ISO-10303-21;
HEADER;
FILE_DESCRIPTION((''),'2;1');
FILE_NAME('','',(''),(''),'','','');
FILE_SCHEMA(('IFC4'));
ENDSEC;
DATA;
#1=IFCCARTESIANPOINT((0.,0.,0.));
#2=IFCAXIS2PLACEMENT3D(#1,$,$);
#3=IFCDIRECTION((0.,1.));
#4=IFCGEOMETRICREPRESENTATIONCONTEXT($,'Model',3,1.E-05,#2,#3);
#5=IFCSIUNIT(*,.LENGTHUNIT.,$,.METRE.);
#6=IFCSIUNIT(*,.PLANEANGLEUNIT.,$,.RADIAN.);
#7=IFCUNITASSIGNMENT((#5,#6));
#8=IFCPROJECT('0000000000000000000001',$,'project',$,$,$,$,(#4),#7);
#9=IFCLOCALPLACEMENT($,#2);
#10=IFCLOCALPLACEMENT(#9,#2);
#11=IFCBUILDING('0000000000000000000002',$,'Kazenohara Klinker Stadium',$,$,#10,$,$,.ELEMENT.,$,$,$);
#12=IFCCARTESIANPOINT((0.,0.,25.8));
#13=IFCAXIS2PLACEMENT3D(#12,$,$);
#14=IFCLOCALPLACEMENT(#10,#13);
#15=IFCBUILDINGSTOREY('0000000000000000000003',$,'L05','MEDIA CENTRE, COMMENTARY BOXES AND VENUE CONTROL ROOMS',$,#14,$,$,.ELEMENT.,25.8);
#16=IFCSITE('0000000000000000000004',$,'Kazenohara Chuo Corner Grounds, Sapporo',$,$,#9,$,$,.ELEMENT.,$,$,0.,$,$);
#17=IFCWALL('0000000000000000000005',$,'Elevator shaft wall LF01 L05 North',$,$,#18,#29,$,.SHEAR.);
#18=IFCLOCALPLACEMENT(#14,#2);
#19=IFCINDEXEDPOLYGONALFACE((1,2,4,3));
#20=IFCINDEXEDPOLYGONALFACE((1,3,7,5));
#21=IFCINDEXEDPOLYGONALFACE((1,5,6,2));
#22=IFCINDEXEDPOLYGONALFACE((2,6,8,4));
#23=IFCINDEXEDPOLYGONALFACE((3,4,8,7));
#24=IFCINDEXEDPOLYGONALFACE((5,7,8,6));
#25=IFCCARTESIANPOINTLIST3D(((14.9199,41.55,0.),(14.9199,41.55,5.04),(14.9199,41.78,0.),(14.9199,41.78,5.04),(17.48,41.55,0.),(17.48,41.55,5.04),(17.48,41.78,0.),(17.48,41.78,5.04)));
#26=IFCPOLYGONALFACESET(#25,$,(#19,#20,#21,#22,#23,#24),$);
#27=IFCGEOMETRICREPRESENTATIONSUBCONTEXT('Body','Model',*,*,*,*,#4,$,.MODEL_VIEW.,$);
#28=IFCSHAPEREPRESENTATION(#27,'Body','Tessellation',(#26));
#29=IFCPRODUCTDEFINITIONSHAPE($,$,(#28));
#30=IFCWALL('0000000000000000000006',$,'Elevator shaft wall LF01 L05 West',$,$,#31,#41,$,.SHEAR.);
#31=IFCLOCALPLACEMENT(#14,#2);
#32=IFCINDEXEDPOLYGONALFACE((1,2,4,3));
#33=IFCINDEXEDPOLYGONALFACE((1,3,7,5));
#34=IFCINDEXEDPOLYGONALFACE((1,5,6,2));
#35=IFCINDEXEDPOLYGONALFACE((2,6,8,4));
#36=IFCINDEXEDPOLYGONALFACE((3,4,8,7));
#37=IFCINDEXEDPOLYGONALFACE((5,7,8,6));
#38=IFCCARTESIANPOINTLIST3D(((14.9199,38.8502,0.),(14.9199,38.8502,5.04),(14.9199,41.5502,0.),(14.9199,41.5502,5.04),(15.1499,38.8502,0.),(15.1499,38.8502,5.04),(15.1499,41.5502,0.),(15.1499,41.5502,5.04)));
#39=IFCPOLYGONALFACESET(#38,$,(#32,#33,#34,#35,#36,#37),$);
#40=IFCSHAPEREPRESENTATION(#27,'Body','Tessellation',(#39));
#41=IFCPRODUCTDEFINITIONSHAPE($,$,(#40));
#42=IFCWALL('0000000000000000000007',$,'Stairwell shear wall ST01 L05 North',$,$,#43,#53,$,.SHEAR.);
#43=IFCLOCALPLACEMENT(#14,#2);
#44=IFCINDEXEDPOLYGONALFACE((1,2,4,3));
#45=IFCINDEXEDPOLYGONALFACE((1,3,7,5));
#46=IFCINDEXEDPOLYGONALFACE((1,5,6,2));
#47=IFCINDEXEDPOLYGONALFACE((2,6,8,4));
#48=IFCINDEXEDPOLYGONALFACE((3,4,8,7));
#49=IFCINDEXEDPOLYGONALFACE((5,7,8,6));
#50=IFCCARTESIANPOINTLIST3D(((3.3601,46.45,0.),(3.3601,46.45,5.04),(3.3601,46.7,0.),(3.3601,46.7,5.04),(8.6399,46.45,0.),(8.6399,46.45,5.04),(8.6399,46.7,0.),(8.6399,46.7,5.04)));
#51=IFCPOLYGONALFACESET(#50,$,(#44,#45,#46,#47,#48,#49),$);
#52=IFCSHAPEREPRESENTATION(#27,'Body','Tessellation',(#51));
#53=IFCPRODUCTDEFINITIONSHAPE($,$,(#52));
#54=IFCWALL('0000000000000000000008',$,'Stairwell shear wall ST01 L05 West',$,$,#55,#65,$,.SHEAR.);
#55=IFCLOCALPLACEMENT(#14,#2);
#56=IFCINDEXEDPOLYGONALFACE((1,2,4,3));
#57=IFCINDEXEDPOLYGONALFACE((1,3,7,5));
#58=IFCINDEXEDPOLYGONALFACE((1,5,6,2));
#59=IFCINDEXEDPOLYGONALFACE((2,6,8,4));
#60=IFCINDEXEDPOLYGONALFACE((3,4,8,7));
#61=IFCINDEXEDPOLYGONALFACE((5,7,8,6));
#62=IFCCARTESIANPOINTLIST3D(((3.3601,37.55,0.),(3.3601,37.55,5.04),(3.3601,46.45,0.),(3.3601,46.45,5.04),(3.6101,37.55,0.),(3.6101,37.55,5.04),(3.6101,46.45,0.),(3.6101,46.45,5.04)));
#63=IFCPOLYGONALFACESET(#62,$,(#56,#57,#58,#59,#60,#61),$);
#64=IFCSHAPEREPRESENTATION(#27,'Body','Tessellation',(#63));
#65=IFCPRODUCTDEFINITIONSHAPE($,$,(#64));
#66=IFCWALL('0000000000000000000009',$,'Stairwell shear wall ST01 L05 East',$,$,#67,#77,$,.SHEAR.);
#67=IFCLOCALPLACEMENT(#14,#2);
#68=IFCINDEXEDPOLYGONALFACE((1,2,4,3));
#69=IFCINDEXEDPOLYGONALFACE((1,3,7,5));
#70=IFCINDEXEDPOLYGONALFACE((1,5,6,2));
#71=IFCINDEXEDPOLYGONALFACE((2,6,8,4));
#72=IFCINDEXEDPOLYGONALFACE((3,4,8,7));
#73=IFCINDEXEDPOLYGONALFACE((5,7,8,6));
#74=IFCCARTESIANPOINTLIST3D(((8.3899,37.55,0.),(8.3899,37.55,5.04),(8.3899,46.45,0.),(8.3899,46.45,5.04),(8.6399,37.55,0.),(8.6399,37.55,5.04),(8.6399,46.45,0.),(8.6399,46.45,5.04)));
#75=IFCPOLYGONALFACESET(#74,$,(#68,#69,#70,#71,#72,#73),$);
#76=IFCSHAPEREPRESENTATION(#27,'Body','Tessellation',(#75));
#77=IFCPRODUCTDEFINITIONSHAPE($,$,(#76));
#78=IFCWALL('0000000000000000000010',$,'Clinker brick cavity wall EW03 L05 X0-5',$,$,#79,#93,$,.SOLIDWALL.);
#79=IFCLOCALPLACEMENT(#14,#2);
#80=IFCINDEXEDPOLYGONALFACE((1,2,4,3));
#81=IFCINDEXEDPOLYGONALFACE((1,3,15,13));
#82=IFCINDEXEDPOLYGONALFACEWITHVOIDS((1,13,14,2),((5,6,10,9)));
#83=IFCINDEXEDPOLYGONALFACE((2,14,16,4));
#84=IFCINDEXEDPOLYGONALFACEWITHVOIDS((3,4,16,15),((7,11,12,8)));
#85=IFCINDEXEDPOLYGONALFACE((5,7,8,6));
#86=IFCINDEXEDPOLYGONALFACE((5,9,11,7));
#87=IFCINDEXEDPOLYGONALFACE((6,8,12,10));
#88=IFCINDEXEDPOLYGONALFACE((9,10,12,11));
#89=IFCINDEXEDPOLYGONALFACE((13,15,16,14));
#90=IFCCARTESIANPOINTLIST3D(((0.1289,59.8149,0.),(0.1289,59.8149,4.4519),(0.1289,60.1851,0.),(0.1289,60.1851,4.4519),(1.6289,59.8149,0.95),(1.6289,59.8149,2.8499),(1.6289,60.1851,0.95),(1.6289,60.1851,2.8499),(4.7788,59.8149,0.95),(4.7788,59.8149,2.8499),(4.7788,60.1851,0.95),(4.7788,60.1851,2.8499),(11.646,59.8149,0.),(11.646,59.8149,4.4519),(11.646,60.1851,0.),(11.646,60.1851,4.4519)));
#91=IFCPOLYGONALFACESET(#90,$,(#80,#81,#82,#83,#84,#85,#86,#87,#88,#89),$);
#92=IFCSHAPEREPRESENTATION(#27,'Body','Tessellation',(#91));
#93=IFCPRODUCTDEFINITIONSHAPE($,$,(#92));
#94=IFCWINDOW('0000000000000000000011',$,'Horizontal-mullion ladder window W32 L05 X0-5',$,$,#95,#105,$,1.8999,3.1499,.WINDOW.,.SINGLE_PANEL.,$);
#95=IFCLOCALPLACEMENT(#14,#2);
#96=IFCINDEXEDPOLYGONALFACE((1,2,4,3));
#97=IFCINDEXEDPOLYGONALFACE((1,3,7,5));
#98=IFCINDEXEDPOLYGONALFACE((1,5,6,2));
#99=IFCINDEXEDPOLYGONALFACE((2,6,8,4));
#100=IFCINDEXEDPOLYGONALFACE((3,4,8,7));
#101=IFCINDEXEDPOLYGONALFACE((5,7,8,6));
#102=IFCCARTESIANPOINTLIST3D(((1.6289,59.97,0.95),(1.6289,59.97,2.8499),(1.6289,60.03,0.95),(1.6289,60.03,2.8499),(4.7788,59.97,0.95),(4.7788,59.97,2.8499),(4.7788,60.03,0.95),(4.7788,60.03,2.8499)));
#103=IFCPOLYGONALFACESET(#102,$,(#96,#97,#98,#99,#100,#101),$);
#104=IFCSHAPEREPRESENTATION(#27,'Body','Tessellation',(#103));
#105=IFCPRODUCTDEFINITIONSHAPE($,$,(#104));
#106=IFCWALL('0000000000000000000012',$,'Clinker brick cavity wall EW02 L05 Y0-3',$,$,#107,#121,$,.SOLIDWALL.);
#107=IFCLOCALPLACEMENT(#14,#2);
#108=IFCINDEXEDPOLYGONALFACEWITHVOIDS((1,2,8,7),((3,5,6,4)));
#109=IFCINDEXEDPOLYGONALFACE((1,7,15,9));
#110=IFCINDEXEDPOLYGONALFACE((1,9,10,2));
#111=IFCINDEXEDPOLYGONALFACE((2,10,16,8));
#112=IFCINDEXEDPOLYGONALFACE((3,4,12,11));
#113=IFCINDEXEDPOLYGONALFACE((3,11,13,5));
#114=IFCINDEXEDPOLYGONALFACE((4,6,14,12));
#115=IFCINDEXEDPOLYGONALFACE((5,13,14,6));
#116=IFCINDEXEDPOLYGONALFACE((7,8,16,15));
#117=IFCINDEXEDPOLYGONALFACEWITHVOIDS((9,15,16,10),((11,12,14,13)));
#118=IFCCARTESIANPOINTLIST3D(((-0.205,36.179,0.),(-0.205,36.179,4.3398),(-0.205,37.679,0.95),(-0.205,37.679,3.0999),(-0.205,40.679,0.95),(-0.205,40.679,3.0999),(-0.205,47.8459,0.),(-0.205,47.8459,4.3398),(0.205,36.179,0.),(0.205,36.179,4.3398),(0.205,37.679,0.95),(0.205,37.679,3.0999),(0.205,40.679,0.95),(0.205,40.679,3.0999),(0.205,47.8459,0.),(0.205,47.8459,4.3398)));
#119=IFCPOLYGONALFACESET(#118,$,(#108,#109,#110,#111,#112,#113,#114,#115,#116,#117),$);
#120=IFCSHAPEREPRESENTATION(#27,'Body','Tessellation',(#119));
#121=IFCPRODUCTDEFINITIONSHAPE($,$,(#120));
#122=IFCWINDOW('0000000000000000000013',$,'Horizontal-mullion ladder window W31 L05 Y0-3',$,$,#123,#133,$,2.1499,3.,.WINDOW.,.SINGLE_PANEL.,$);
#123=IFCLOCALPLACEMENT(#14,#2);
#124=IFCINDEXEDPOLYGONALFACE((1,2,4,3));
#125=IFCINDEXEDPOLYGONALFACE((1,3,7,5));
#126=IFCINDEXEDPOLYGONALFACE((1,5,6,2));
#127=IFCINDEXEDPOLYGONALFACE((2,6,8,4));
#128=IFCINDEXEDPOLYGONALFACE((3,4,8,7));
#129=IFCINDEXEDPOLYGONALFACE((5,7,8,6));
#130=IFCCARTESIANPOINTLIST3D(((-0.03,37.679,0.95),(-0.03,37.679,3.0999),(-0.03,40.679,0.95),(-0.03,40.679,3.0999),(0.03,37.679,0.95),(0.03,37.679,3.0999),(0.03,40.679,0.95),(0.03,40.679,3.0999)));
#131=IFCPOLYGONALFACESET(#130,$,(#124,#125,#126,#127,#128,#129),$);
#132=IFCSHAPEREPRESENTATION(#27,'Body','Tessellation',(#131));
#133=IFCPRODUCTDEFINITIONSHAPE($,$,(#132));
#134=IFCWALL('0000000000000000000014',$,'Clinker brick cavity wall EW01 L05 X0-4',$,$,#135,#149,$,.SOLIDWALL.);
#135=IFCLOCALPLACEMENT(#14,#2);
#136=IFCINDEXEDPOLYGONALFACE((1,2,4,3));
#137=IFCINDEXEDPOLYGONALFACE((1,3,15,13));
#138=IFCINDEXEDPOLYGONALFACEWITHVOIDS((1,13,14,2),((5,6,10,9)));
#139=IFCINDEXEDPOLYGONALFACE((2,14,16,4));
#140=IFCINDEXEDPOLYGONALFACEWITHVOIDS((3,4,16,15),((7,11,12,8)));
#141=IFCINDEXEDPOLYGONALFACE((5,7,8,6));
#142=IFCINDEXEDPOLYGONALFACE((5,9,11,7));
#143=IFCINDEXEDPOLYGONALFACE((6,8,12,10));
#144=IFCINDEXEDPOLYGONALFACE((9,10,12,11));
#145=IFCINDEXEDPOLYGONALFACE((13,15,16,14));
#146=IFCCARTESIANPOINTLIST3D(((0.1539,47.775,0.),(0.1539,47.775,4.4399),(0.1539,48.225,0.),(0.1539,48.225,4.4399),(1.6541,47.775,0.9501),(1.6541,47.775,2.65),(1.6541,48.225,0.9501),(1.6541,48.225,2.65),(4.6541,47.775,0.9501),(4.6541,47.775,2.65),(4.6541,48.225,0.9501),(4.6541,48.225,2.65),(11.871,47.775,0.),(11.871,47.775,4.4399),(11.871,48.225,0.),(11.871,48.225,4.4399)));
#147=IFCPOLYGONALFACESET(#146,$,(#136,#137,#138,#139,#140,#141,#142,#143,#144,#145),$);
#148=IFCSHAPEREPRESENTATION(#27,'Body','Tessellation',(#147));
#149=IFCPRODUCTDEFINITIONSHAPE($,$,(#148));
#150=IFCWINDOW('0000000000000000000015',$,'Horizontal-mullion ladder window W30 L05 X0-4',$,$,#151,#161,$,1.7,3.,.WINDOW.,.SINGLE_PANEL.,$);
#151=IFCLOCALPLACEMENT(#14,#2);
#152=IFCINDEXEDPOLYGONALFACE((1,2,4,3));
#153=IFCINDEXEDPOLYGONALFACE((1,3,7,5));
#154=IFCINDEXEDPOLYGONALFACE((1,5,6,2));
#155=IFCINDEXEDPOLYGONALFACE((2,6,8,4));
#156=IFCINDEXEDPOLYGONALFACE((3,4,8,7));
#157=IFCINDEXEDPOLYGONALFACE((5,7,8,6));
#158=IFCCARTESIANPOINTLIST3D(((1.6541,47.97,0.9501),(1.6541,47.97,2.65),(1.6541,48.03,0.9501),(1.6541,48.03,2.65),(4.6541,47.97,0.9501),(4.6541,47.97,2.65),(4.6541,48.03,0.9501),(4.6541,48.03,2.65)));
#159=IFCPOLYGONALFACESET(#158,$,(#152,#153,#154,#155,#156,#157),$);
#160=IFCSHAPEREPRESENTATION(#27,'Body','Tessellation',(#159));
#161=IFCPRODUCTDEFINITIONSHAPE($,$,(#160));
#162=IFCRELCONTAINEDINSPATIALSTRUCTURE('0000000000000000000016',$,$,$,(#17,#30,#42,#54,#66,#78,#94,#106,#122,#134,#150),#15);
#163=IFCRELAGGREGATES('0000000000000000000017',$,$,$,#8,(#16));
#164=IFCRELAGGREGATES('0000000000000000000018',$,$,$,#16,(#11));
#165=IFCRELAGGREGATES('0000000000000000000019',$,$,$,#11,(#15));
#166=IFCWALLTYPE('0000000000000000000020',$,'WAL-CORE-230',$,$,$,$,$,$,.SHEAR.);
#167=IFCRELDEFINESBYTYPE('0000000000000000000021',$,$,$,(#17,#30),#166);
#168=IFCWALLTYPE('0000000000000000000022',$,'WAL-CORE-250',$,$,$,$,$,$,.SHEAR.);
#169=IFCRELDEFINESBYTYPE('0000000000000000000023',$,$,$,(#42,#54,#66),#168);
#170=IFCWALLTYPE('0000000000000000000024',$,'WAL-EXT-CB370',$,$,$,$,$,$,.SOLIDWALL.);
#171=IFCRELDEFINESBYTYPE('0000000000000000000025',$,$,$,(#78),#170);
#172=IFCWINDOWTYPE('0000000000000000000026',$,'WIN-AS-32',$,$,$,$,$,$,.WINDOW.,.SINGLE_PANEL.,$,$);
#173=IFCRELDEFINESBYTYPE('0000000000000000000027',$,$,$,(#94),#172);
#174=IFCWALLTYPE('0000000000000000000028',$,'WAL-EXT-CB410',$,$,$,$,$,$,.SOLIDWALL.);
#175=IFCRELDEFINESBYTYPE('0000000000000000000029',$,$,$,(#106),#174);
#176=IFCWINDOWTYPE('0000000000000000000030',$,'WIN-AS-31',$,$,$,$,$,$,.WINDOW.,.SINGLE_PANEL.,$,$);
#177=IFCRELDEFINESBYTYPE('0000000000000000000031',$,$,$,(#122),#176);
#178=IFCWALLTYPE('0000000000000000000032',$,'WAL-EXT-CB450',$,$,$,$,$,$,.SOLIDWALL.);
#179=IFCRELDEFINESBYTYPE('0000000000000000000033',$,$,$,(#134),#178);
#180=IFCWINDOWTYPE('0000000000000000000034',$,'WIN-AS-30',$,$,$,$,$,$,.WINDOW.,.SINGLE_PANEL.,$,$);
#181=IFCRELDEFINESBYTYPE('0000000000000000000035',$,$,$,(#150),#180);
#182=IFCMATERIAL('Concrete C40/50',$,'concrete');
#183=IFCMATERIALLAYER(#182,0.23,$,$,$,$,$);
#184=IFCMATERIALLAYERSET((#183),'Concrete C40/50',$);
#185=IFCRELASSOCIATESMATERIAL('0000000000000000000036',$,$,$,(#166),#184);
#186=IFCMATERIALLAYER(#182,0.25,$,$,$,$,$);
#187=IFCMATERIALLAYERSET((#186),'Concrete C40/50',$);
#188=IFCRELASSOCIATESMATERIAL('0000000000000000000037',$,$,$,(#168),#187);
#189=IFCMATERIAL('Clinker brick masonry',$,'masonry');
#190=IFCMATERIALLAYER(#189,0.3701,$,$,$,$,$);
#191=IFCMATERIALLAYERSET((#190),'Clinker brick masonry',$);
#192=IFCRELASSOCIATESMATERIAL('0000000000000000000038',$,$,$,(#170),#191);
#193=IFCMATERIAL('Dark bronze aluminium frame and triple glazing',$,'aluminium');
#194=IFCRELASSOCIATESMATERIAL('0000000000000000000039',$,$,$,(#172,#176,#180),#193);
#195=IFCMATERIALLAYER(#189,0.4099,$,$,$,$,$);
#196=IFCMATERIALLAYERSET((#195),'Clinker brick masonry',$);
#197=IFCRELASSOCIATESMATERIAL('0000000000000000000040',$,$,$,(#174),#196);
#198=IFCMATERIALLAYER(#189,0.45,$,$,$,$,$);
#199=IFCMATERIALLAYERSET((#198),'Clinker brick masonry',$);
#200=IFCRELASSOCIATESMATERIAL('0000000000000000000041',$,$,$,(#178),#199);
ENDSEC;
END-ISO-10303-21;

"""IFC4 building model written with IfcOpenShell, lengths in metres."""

from ifc_helpers import new_model, si_unit, direction, frame, frame_2d, origin, place, context, subcontext, project, spatial, rectangle, extrude, material, layer, layer_set, type_object, element, fill, save


model = new_model("IFC4")

# Units and contexts
model_context = context("Model", 3, precision=1e-05, world=origin(), true_north=direction((0.0, 1.0)))
body_context = subcontext(model_context, "Body", "Model", "MODEL_VIEW")
ifc_project = project(units=[si_unit("LENGTHUNIT", "METRE"), si_unit("PLANEANGLEUNIT", "RADIAN")], contexts=[model_context])

# Site, building, storey
site_placement = place(None, origin())
site = spatial("IfcSite", under=ifc_project, at=site_placement, Name="Kazenohara Chuo Corner Grounds, Sapporo", CompositionType="ELEMENT", RefElevation=0.0)
building_placement = place(site_placement, origin())
building = spatial("IfcBuilding", under=site, at=building_placement, Name="Kazenohara Klinker Stadium", CompositionType="ELEMENT")
storey_placement = place(building_placement, frame((0.0, 0.0, 25.8)))
storey = spatial("IfcBuildingStorey", under=building, at=storey_placement, Name="L05", Description="MEDIA CENTRE, COMMENTARY BOXES AND VENUE CONTROL ROOMS", CompositionType="ELEMENT", Elevation=25.8)

# Shared definitions
ifc_material_1 = material(Name="Concrete C40/50", Category="concrete")

# Walls
ifc_layer_1 = layer(ifc_material_1, 0.23)
ifc_layer_set_1 = layer_set([ifc_layer_1], Name="Concrete C40/50")
wall_type_1 = type_object("IfcWallType", Name="WAL-CORE-230", PredefinedType="SHEAR", material=ifc_layer_set_1)
for number, where, z_axis, x_axis, name in (
    (1, (14.9199, 41.665, 0.0), (0.0, 0.0, 1.0), (1.0, 0.0, 0.0), "Elevator shaft wall LF01 L05 North"),
):
    element("IfcWall", number, at=place(storey_placement, frame(where, z_axis=z_axis, x_axis=x_axis)), inside=storey, type_object=wall_type_1, Name=name, PredefinedType="SHEAR", context=body_context, shape_type="SweptSolid", body=[
        extrude(rectangle(XDim=2.5601, YDim=0.23, at=frame_2d((1.28, 0.0))), origin(), (0.0, 0.0, 1.0), 5.04),
    ])
wall_1_placement = place(storey_placement, frame((15.0349, 38.8501, 0.0), z_axis=(0.0, 0.0, 1.0), x_axis=(0.0, 1.0, 0.0)))
element("IfcWall", 2, at=wall_1_placement, inside=storey, type_object=wall_type_1, Name="Elevator shaft wall LF01 L05 West", PredefinedType="SHEAR", context=body_context, shape_type="SweptSolid", body=[
    extrude(rectangle(XDim=2.7, YDim=0.23, at=frame_2d((1.3501, 0.0))), origin(), (0.0, 0.0, 1.0), 5.04),
])

# Shared definitions
ifc_layer_2 = layer(ifc_material_1, 0.25)
ifc_layer_set_2 = layer_set([ifc_layer_2], Name="Concrete C40/50")
wall_type_2 = type_object("IfcWallType", Name="WAL-CORE-250", PredefinedType="SHEAR", material=ifc_layer_set_2)

# Walls
wall_2_placement = place(storey_placement, frame((3.3601, 46.575, 0.0), z_axis=(0.0, 0.0, 1.0), x_axis=(1.0, 0.0, 0.0)))
element("IfcWall", 3, at=wall_2_placement, inside=storey, type_object=wall_type_2, Name="Stairwell shear wall ST01 L05 North", PredefinedType="SHEAR", context=body_context, shape_type="SweptSolid", body=[
    extrude(rectangle(XDim=5.2798, YDim=0.25, at=frame_2d((2.6399, 0.0))), origin(), (0.0, 0.0, 1.0), 5.04),
])
for number, where, z_axis, x_axis, name in (
    (4, (3.4851, 37.55, 0.0), (0.0, 0.0, 1.0), (0.0, 1.0, 0.0), "Stairwell shear wall ST01 L05 West"),
    (5, (8.5149, 37.55, 0.0), (0.0, 0.0, 1.0), (0.0, 1.0, 0.0), "Stairwell shear wall ST01 L05 East"),
):
    element("IfcWall", number, at=place(storey_placement, frame(where, z_axis=z_axis, x_axis=x_axis)), inside=storey, type_object=wall_type_2, Name=name, PredefinedType="SHEAR", context=body_context, shape_type="SweptSolid", body=[
        extrude(rectangle(XDim=8.8999, YDim=0.25, at=frame_2d((4.45, 0.0))), origin(), (0.0, 0.0, 1.0), 5.04),
    ])

# Walls, openings, windows
ifc_material_2 = material(Name="Clinker brick masonry", Category="masonry")
ifc_layer_3 = layer(ifc_material_2, 0.3701)
ifc_layer_set_3 = layer_set([ifc_layer_3], Name="Clinker brick masonry")
wall_type_3 = type_object("IfcWallType", Name="WAL-EXT-CB370", PredefinedType="SOLIDWALL", material=ifc_layer_set_3)
wall_3_placement = place(storey_placement, frame((0.1289, 60.0, 0.0), z_axis=(0.0, 0.0, 1.0), x_axis=(1.0, 0.0, 0.0)))
wall_3 = element("IfcWall", 6, at=wall_3_placement, inside=storey, type_object=wall_type_3, Name="Clinker brick cavity wall EW03 L05 X0-5", PredefinedType="SOLIDWALL", context=body_context, shape_type="SweptSolid", body=[
    extrude(rectangle(XDim=11.5171, YDim=0.3701, at=frame_2d((5.7585, 0.0))), origin(), (0.0, 0.0, 1.0), 4.4519),
])
opening_1_placement = place(wall_3_placement, frame((1.5, 0.0, 0.95)))
opening_1 = element("IfcOpeningElement", 7, at=opening_1_placement, cuts=wall_3, PredefinedType="OPENING", context=body_context, shape_type="SweptSolid", body=[
    extrude(rectangle(XDim=3.1499, YDim=1.8999, at=frame_2d((1.575, 0.95))), frame((0.0, 0.1951, 0.0), z_axis=(0.0, -1.0, 0.0), x_axis=(1.0, 0.0, 0.0)), (0.0, 0.0, 1.0), 0.3901),
])
ifc_material_3 = material(Name="Dark bronze aluminium frame and triple glazing", Category="aluminium")
window_type_1 = type_object("IfcWindowType", Name="WIN-AS-32", PartitioningType="SINGLE_PANEL", PredefinedType="WINDOW", material=ifc_material_3)
window_1_placement = place(opening_1_placement, origin())
window_1 = element("IfcWindow", 8, at=window_1_placement, inside=storey, type_object=window_type_1, Name="Horizontal-mullion ladder window W32 L05 X0-5", OverallHeight=1.8999, OverallWidth=3.1499, PartitioningType="SINGLE_PANEL", PredefinedType="WINDOW", context=body_context, shape_type="SweptSolid", body=[
    extrude(rectangle(XDim=3.1499, YDim=1.8999, at=frame_2d((1.575, 0.95))), frame((0.0, 0.03, 0.0), z_axis=(0.0, -1.0, 0.0), x_axis=(1.0, 0.0, 0.0)), (0.0, 0.0, 1.0), 0.0601),
])
fill(opening_1, window_1)
ifc_layer_4 = layer(ifc_material_2, 0.4099)
ifc_layer_set_4 = layer_set([ifc_layer_4], Name="Clinker brick masonry")
wall_type_4 = type_object("IfcWallType", Name="WAL-EXT-CB410", PredefinedType="SOLIDWALL", material=ifc_layer_set_4)
wall_4_placement = place(storey_placement, frame((0.0, 36.179, 0.0), z_axis=(0.0, 0.0, 1.0), x_axis=(0.0, 1.0, 0.0)))
wall_4 = element("IfcWall", 9, at=wall_4_placement, inside=storey, type_object=wall_type_4, Name="Clinker brick cavity wall EW02 L05 Y0-3", PredefinedType="SOLIDWALL", context=body_context, shape_type="SweptSolid", body=[
    extrude(rectangle(XDim=11.667, YDim=0.4099, at=frame_2d((5.8335, 0.0))), origin(), (0.0, 0.0, 1.0), 4.3398),
])
opening_2_placement = place(wall_4_placement, frame((1.5, 0.0, 0.95)))
opening_2 = element("IfcOpeningElement", 10, at=opening_2_placement, cuts=wall_4, PredefinedType="OPENING", context=body_context, shape_type="SweptSolid", body=[
    extrude(rectangle(XDim=3.0, YDim=2.1499, at=frame_2d((1.5, 1.075))), frame((0.0, 0.2148, 0.0), z_axis=(0.0, -1.0, 0.0), x_axis=(1.0, 0.0, 0.0)), (0.0, 0.0, 1.0), 0.4299),
])
window_type_2 = type_object("IfcWindowType", Name="WIN-AS-31", PartitioningType="SINGLE_PANEL", PredefinedType="WINDOW", material=ifc_material_3)
window_2_placement = place(opening_2_placement, origin())
window_2 = element("IfcWindow", 11, at=window_2_placement, inside=storey, type_object=window_type_2, Name="Horizontal-mullion ladder window W31 L05 Y0-3", OverallHeight=2.1499, OverallWidth=3.0, PartitioningType="SINGLE_PANEL", PredefinedType="WINDOW", context=body_context, shape_type="SweptSolid", body=[
    extrude(rectangle(XDim=3.0, YDim=2.1499, at=frame_2d((1.5, 1.075))), frame((0.0, 0.03, 0.0), z_axis=(0.0, -1.0, 0.0), x_axis=(1.0, 0.0, 0.0)), (0.0, 0.0, 1.0), 0.0601),
])
fill(opening_2, window_2)
ifc_layer_5 = layer(ifc_material_2, 0.45)
ifc_layer_set_5 = layer_set([ifc_layer_5], Name="Clinker brick masonry")
wall_type_5 = type_object("IfcWallType", Name="WAL-EXT-CB450", PredefinedType="SOLIDWALL", material=ifc_layer_set_5)
wall_5_placement = place(storey_placement, frame((0.1541, 48.0, 0.0), z_axis=(0.0, 0.0, 1.0), x_axis=(1.0, 0.0, 0.0)))
wall_5 = element("IfcWall", 12, at=wall_5_placement, inside=storey, type_object=wall_type_5, Name="Clinker brick cavity wall EW01 L05 X0-4", PredefinedType="SOLIDWALL", context=body_context, shape_type="SweptSolid", body=[
    extrude(rectangle(XDim=11.717, YDim=0.45, at=frame_2d((5.8584, 0.0))), origin(), (0.0, 0.0, 1.0), 4.4399),
])
opening_3_placement = place(wall_5_placement, frame((1.5, 0.0, 0.95)))
opening_3 = element("IfcOpeningElement", 13, at=opening_3_placement, cuts=wall_5, PredefinedType="OPENING", context=body_context, shape_type="SweptSolid", body=[
    extrude(rectangle(XDim=3.0, YDim=1.7, at=frame_2d((1.5, 0.8501))), frame((0.0, 0.2349, 0.0), z_axis=(0.0, -1.0, 0.0), x_axis=(1.0, 0.0, 0.0)), (0.0, 0.0, 1.0), 0.47),
])
window_type_3 = type_object("IfcWindowType", Name="WIN-AS-30", PartitioningType="SINGLE_PANEL", PredefinedType="WINDOW", material=ifc_material_3)
window_3_placement = place(opening_3_placement, origin())
window_3 = element("IfcWindow", 14, at=window_3_placement, inside=storey, type_object=window_type_3, Name="Horizontal-mullion ladder window W30 L05 X0-4", OverallHeight=1.7, OverallWidth=3.0, PartitioningType="SINGLE_PANEL", PredefinedType="WINDOW", context=body_context, shape_type="SweptSolid", body=[
    extrude(rectangle(XDim=3.0, YDim=1.7, at=frame_2d((1.5, 0.8501))), frame((0.0, 0.03, 0.0), z_axis=(0.0, -1.0, 0.0), x_axis=(1.0, 0.0, 0.0)), (0.0, 0.0, 1.0), 0.0601),
])
fill(opening_3, window_3)

save(model, "model.ifc")
